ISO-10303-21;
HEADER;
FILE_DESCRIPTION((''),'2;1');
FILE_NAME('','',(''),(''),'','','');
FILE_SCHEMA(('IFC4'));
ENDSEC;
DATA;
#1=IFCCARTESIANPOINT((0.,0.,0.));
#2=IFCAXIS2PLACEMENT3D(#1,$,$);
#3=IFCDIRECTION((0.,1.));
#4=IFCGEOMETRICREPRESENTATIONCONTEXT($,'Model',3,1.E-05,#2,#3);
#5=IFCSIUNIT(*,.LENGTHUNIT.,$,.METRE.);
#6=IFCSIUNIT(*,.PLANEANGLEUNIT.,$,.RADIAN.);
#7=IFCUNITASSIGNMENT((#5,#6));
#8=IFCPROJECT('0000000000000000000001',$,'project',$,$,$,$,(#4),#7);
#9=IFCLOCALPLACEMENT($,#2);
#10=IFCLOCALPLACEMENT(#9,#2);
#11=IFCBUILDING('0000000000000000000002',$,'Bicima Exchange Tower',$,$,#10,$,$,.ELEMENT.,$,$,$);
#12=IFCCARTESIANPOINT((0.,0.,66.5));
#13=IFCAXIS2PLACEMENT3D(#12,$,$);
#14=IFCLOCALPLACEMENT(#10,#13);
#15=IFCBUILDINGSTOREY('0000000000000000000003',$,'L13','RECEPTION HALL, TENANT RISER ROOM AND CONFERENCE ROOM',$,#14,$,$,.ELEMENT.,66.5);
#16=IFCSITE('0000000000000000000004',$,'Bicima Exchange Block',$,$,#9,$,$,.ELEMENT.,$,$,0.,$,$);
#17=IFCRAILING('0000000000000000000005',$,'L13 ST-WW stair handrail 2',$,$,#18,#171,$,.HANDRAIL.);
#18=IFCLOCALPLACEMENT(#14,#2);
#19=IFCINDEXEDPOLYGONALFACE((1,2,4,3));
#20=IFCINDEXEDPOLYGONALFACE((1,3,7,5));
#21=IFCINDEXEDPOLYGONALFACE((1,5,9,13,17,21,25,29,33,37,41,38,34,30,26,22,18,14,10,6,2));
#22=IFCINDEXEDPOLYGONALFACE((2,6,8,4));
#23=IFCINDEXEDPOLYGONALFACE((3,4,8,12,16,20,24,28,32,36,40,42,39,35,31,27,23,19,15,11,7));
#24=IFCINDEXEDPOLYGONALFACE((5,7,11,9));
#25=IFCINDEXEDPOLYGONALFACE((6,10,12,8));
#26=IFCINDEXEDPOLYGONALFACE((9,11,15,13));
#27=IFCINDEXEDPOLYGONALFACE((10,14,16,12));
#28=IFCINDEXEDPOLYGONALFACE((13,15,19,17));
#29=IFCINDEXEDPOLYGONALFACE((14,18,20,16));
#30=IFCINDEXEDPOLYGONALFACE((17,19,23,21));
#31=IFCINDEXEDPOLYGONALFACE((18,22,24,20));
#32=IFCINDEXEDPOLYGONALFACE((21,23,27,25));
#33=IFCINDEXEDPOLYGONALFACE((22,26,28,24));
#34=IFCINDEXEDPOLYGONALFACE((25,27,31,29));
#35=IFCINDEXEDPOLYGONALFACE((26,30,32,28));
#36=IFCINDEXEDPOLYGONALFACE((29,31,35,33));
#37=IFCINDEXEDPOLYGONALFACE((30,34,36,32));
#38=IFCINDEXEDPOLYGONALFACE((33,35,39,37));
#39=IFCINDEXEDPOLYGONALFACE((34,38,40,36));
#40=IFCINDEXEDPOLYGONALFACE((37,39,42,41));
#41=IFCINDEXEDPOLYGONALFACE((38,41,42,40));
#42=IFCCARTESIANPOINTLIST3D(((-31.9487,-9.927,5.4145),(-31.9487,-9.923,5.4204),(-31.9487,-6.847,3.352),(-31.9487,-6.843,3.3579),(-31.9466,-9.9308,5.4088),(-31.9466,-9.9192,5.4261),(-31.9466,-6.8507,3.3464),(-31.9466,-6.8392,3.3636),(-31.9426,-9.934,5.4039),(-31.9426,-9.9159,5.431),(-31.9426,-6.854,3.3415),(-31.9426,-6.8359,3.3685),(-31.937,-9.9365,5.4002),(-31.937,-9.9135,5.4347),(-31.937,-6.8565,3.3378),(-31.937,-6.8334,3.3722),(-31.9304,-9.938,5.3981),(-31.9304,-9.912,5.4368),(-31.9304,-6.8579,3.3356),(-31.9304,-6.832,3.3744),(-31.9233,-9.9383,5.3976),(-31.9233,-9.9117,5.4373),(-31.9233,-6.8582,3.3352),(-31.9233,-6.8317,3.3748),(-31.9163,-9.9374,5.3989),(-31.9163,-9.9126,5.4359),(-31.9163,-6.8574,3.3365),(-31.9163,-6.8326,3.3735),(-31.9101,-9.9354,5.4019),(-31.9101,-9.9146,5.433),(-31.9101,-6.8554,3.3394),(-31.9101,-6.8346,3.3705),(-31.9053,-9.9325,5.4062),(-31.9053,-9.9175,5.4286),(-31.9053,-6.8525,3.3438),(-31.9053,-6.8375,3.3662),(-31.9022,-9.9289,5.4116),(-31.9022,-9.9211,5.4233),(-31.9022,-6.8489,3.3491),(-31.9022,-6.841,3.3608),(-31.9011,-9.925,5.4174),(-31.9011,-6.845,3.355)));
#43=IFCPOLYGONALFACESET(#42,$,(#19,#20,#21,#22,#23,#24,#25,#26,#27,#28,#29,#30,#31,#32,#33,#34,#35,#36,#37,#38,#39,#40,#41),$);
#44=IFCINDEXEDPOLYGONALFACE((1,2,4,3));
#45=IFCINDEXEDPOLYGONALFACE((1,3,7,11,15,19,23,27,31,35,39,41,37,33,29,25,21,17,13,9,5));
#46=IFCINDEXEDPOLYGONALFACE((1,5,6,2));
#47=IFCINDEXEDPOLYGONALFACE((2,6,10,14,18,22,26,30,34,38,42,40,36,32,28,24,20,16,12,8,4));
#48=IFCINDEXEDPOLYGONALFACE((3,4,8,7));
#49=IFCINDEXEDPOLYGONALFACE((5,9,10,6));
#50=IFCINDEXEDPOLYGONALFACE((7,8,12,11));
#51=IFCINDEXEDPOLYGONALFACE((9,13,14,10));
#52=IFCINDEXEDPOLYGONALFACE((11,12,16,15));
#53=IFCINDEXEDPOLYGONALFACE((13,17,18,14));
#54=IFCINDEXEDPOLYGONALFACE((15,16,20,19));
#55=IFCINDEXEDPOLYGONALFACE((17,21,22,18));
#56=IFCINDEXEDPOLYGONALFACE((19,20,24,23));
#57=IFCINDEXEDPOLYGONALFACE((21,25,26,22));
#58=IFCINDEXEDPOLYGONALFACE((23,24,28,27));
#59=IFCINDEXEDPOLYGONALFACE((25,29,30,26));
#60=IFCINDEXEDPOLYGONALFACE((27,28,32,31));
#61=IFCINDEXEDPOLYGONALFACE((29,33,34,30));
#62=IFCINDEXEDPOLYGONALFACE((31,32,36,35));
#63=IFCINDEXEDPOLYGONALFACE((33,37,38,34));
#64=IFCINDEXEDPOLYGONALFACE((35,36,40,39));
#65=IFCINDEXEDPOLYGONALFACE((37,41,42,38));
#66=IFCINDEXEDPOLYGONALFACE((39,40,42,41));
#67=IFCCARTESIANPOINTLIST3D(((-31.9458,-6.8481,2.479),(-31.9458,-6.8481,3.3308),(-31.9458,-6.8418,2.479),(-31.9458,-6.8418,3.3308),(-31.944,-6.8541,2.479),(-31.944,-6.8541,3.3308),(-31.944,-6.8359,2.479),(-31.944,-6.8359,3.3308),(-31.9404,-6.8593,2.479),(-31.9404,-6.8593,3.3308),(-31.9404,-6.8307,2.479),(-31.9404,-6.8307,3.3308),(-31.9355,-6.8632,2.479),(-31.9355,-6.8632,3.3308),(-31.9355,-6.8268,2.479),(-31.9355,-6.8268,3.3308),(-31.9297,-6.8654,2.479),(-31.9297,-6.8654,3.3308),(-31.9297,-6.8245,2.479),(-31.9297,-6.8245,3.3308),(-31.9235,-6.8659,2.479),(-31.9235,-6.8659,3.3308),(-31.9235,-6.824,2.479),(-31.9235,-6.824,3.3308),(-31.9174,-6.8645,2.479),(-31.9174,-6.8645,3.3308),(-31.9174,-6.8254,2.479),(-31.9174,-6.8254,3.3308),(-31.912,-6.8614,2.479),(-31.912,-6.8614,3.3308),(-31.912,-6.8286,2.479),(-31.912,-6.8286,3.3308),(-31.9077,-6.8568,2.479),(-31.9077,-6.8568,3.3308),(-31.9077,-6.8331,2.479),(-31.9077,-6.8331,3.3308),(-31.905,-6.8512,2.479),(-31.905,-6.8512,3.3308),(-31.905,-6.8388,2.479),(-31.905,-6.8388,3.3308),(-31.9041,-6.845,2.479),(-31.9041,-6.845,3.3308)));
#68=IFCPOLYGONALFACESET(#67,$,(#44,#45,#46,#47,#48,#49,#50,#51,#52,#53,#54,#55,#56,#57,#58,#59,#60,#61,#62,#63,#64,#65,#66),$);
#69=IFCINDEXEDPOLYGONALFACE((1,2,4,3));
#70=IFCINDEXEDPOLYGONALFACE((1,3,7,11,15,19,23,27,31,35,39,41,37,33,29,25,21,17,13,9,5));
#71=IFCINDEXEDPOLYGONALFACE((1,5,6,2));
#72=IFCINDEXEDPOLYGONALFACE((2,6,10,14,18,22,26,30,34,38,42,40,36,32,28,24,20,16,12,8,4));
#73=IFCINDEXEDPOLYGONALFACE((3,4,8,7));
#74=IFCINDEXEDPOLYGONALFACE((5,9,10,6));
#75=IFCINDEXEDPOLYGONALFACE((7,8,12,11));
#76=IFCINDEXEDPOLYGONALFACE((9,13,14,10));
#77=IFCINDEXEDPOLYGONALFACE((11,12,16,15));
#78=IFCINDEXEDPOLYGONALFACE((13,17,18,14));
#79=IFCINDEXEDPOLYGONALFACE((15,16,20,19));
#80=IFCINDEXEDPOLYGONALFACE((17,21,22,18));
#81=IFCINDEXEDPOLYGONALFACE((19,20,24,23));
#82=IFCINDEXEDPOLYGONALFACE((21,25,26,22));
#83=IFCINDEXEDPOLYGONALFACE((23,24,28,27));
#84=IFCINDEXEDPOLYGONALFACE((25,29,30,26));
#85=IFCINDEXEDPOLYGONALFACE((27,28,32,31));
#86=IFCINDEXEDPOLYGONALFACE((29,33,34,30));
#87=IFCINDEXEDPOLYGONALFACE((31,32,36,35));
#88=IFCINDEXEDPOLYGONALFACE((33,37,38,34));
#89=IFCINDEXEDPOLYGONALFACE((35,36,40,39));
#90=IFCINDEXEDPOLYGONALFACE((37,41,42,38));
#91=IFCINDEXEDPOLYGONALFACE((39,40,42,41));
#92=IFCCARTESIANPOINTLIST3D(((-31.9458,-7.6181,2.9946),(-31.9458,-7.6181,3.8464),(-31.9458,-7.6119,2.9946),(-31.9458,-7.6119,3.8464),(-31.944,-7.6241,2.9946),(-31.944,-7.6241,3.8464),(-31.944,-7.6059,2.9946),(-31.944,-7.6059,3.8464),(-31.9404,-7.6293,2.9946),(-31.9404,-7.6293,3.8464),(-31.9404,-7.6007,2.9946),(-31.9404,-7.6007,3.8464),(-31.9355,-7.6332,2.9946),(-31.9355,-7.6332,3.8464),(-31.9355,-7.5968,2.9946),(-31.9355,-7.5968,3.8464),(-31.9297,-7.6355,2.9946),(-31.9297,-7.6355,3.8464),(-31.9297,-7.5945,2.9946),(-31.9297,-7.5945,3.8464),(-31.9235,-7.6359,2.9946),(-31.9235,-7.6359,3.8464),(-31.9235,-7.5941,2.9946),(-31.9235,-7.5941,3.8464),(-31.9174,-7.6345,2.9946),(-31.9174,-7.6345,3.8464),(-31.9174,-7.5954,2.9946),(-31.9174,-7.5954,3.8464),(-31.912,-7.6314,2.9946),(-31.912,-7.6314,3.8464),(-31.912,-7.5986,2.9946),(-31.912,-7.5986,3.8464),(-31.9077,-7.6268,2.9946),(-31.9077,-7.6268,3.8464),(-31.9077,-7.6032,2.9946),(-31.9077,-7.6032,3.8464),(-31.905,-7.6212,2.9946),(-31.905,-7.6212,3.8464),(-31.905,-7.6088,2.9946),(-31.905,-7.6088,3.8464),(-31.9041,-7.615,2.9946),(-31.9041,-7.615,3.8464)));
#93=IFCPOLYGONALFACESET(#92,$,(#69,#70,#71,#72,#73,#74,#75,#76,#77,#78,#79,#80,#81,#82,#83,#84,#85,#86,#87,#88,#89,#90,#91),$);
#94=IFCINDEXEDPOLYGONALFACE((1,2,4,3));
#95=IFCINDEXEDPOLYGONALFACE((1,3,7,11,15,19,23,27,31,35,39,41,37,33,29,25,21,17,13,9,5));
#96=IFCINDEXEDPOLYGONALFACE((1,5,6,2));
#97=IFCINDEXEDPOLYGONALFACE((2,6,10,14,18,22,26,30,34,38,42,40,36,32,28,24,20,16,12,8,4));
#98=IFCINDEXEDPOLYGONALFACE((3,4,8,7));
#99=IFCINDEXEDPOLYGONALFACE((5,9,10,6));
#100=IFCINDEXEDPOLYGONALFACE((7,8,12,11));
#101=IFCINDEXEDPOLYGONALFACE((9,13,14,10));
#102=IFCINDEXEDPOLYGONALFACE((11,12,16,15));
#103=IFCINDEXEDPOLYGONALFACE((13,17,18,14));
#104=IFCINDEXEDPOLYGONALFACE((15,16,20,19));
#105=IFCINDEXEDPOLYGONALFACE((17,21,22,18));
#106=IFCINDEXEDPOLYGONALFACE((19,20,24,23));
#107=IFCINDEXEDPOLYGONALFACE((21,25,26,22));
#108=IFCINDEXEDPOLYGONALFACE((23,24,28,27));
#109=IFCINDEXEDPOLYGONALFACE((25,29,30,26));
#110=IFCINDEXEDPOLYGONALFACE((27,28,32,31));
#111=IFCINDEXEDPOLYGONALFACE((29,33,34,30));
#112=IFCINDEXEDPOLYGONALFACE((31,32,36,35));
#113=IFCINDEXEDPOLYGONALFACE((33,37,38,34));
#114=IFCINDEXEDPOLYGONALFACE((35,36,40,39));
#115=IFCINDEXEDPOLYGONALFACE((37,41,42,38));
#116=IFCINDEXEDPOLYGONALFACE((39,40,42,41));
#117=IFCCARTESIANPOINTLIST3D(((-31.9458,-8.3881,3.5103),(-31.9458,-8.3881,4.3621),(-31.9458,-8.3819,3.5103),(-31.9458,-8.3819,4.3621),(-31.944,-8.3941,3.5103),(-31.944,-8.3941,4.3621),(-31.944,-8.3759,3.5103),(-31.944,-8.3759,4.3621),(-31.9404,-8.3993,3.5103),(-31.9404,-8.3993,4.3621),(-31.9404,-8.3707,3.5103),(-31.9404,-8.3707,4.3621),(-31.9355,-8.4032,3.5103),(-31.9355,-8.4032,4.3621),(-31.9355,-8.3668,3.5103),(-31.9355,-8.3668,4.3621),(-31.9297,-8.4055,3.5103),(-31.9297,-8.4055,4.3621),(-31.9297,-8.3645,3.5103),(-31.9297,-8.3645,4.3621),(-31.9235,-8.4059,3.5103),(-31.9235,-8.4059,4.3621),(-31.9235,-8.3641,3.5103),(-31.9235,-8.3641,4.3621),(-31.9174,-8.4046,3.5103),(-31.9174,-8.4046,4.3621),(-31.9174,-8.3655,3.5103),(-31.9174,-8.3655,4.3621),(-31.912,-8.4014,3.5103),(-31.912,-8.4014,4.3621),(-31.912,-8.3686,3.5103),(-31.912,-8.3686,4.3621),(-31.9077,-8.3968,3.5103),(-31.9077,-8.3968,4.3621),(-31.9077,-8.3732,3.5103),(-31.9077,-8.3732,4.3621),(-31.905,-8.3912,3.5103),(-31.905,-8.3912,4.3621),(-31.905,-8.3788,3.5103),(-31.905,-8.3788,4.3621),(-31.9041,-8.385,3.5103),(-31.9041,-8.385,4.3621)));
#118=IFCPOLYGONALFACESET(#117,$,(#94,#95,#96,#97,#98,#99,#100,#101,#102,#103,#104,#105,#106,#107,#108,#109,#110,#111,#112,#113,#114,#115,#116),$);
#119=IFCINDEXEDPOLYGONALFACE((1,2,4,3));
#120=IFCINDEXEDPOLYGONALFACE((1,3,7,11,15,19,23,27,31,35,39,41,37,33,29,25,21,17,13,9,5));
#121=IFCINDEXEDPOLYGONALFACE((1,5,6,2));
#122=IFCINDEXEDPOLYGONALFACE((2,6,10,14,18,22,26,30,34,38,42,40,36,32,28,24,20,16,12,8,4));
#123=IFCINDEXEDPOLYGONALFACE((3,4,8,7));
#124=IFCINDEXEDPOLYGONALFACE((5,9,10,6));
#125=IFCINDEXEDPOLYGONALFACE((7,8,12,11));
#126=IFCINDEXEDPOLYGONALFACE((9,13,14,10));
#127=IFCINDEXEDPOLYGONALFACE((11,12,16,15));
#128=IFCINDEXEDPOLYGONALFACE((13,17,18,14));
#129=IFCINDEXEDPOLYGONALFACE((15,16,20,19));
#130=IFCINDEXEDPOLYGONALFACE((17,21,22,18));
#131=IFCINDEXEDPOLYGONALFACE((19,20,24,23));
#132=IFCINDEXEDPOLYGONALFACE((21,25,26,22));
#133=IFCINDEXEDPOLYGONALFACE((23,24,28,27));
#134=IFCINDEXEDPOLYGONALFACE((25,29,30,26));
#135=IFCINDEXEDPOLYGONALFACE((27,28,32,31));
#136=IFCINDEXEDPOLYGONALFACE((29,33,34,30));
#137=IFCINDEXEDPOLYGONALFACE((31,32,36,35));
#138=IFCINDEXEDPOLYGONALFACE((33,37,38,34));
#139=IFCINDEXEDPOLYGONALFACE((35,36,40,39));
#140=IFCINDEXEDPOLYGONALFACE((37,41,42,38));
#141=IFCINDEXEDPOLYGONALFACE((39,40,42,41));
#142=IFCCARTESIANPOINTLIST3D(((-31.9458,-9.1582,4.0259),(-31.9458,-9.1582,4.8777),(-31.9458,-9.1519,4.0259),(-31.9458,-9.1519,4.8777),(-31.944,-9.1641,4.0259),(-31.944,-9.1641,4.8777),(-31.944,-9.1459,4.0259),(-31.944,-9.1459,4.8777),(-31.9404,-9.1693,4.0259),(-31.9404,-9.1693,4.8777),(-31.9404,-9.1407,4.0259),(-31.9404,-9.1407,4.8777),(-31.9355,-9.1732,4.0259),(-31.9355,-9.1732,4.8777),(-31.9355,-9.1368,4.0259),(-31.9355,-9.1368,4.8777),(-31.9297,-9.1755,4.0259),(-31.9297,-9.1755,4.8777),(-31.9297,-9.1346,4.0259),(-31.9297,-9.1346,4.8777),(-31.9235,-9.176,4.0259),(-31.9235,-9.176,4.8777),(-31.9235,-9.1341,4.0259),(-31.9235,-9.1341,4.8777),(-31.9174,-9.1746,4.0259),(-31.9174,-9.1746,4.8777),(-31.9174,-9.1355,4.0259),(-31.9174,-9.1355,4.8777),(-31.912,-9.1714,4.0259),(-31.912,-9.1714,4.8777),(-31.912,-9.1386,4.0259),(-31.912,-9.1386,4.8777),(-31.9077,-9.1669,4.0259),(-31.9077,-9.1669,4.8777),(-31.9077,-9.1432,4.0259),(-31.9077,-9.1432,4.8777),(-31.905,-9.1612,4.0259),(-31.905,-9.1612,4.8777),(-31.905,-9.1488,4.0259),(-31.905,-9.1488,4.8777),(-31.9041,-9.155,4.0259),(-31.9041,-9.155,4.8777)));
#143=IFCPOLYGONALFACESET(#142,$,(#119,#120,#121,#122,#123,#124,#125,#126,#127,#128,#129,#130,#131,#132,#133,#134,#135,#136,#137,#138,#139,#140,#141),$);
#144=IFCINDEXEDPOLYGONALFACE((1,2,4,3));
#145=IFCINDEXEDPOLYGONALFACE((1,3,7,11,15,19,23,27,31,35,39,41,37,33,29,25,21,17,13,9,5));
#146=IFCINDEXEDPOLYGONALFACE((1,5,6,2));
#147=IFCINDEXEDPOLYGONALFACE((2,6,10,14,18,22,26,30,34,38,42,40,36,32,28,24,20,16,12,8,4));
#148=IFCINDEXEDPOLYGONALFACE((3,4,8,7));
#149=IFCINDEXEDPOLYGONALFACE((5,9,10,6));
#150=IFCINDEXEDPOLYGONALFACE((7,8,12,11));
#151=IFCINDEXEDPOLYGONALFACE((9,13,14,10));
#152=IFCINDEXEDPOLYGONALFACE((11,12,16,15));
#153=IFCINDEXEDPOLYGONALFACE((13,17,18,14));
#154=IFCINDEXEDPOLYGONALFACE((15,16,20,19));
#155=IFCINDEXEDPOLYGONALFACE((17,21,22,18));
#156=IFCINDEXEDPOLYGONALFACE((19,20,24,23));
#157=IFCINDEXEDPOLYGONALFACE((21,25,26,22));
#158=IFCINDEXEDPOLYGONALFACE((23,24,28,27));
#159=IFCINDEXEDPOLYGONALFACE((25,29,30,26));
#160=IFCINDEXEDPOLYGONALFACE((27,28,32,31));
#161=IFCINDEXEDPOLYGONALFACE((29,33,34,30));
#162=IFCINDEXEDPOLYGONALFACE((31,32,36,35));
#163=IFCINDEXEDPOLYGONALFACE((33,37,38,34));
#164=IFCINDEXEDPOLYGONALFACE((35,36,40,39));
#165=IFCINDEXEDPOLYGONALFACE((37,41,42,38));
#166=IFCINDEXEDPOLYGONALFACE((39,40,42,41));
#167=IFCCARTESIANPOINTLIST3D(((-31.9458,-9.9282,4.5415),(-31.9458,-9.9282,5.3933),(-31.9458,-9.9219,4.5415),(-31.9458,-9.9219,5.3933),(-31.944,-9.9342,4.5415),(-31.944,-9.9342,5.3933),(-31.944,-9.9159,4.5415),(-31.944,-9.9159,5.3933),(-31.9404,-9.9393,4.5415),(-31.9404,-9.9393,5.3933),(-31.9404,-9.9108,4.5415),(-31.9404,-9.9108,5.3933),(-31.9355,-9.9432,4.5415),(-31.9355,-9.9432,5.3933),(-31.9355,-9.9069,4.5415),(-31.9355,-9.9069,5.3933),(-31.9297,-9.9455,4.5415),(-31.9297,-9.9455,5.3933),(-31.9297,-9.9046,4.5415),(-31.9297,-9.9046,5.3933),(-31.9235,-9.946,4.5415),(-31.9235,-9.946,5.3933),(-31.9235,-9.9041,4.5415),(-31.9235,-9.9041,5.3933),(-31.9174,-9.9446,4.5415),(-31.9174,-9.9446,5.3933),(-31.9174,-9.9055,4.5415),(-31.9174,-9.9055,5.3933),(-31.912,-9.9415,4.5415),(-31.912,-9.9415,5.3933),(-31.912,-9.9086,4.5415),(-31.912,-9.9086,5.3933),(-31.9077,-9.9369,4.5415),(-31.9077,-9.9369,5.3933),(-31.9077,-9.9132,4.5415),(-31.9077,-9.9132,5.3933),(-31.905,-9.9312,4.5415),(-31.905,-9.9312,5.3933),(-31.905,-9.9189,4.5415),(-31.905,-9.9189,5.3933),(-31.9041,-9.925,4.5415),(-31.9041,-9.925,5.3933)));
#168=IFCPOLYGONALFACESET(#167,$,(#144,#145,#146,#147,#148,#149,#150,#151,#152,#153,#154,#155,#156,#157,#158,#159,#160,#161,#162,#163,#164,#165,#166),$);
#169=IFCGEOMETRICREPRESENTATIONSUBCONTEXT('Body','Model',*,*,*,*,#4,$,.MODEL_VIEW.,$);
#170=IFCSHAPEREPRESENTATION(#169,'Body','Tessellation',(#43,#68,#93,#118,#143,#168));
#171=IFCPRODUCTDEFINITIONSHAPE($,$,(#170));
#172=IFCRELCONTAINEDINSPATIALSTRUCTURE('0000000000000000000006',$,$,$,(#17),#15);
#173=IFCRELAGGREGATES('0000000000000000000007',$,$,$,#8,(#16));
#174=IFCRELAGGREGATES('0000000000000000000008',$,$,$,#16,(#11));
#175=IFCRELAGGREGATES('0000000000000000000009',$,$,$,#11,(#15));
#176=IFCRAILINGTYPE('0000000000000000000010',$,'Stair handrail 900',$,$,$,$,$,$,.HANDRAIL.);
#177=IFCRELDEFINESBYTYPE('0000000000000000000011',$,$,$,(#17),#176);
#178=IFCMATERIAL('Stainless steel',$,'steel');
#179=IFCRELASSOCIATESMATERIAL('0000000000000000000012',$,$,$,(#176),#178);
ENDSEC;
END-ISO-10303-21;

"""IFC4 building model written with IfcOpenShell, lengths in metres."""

from ifc_helpers import new_model, si_unit, direction, frame, origin, origin_2d, place, context, subcontext, project, spatial, circle, extrude, material, type_object, element, save


model = new_model("IFC4")

# Units and contexts
model_context = context("Model", 3, precision=1e-05, world=origin(), true_north=direction((0.0, 1.0)))
body_context = subcontext(model_context, "Body", "Model", "MODEL_VIEW")
ifc_project = project(units=[si_unit("LENGTHUNIT", "METRE"), si_unit("PLANEANGLEUNIT", "RADIAN")], contexts=[model_context])

# Site, building, storey
site_placement = place(None, origin())
site = spatial("IfcSite", under=ifc_project, at=site_placement, Name="Bicima Exchange Block", CompositionType="ELEMENT", RefElevation=0.0)
building_placement = place(site_placement, origin())
building = spatial("IfcBuilding", under=site, at=building_placement, Name="Bicima Exchange Tower", CompositionType="ELEMENT")
storey_placement = place(building_placement, frame((0.0, 0.0, 66.5)))
storey = spatial("IfcBuildingStorey", under=building, at=storey_placement, Name="L13", Description="RECEPTION HALL, TENANT RISER ROOM AND CONFERENCE ROOM", CompositionType="ELEMENT", Elevation=66.5)

# Railing
ifc_material_1 = material(Name="Stainless steel", Category="steel")
railing_type = type_object("IfcRailingType", Name="Stair handrail 900", PredefinedType="HANDRAIL", material=ifc_material_1)
railing_placement = place(storey_placement, frame((-31.925, -6.845, 2.479)))
element("IfcRailing", 1, at=railing_placement, inside=storey, type_object=railing_type, Name="L13 ST-WW stair handrail 2", PredefinedType="HANDRAIL", context=body_context, shape_type="SweptSolid", body=[
    extrude(circle(Radius=0.0239, at=origin_2d()), frame((0.0, 0.0, 0.876), z_axis=(0.0, -0.830914, 0.556401), x_axis=(1.0, 0.0, 0.0)), (0.0, 0.0, 1.0), 3.7068),
    extrude(circle(Radius=0.021, at=origin_2d()), origin(), (0.0, 0.0, 1.0), 0.8518),
    extrude(circle(Radius=0.021, at=origin_2d()), frame((0.0, -0.77, 0.5156)), (0.0, 0.0, 1.0), 0.8518),
    extrude(circle(Radius=0.021, at=origin_2d()), frame((0.0, -1.54, 1.0312)), (0.0, 0.0, 1.0), 0.8518),
    extrude(circle(Radius=0.021, at=origin_2d()), frame((0.0, -2.3101, 1.5469)), (0.0, 0.0, 1.0), 0.8518),
    extrude(circle(Radius=0.021, at=origin_2d()), frame((0.0, -3.0801, 2.0625)), (0.0, 0.0, 1.0), 0.8518),
])

save(model, "model.ifc")
